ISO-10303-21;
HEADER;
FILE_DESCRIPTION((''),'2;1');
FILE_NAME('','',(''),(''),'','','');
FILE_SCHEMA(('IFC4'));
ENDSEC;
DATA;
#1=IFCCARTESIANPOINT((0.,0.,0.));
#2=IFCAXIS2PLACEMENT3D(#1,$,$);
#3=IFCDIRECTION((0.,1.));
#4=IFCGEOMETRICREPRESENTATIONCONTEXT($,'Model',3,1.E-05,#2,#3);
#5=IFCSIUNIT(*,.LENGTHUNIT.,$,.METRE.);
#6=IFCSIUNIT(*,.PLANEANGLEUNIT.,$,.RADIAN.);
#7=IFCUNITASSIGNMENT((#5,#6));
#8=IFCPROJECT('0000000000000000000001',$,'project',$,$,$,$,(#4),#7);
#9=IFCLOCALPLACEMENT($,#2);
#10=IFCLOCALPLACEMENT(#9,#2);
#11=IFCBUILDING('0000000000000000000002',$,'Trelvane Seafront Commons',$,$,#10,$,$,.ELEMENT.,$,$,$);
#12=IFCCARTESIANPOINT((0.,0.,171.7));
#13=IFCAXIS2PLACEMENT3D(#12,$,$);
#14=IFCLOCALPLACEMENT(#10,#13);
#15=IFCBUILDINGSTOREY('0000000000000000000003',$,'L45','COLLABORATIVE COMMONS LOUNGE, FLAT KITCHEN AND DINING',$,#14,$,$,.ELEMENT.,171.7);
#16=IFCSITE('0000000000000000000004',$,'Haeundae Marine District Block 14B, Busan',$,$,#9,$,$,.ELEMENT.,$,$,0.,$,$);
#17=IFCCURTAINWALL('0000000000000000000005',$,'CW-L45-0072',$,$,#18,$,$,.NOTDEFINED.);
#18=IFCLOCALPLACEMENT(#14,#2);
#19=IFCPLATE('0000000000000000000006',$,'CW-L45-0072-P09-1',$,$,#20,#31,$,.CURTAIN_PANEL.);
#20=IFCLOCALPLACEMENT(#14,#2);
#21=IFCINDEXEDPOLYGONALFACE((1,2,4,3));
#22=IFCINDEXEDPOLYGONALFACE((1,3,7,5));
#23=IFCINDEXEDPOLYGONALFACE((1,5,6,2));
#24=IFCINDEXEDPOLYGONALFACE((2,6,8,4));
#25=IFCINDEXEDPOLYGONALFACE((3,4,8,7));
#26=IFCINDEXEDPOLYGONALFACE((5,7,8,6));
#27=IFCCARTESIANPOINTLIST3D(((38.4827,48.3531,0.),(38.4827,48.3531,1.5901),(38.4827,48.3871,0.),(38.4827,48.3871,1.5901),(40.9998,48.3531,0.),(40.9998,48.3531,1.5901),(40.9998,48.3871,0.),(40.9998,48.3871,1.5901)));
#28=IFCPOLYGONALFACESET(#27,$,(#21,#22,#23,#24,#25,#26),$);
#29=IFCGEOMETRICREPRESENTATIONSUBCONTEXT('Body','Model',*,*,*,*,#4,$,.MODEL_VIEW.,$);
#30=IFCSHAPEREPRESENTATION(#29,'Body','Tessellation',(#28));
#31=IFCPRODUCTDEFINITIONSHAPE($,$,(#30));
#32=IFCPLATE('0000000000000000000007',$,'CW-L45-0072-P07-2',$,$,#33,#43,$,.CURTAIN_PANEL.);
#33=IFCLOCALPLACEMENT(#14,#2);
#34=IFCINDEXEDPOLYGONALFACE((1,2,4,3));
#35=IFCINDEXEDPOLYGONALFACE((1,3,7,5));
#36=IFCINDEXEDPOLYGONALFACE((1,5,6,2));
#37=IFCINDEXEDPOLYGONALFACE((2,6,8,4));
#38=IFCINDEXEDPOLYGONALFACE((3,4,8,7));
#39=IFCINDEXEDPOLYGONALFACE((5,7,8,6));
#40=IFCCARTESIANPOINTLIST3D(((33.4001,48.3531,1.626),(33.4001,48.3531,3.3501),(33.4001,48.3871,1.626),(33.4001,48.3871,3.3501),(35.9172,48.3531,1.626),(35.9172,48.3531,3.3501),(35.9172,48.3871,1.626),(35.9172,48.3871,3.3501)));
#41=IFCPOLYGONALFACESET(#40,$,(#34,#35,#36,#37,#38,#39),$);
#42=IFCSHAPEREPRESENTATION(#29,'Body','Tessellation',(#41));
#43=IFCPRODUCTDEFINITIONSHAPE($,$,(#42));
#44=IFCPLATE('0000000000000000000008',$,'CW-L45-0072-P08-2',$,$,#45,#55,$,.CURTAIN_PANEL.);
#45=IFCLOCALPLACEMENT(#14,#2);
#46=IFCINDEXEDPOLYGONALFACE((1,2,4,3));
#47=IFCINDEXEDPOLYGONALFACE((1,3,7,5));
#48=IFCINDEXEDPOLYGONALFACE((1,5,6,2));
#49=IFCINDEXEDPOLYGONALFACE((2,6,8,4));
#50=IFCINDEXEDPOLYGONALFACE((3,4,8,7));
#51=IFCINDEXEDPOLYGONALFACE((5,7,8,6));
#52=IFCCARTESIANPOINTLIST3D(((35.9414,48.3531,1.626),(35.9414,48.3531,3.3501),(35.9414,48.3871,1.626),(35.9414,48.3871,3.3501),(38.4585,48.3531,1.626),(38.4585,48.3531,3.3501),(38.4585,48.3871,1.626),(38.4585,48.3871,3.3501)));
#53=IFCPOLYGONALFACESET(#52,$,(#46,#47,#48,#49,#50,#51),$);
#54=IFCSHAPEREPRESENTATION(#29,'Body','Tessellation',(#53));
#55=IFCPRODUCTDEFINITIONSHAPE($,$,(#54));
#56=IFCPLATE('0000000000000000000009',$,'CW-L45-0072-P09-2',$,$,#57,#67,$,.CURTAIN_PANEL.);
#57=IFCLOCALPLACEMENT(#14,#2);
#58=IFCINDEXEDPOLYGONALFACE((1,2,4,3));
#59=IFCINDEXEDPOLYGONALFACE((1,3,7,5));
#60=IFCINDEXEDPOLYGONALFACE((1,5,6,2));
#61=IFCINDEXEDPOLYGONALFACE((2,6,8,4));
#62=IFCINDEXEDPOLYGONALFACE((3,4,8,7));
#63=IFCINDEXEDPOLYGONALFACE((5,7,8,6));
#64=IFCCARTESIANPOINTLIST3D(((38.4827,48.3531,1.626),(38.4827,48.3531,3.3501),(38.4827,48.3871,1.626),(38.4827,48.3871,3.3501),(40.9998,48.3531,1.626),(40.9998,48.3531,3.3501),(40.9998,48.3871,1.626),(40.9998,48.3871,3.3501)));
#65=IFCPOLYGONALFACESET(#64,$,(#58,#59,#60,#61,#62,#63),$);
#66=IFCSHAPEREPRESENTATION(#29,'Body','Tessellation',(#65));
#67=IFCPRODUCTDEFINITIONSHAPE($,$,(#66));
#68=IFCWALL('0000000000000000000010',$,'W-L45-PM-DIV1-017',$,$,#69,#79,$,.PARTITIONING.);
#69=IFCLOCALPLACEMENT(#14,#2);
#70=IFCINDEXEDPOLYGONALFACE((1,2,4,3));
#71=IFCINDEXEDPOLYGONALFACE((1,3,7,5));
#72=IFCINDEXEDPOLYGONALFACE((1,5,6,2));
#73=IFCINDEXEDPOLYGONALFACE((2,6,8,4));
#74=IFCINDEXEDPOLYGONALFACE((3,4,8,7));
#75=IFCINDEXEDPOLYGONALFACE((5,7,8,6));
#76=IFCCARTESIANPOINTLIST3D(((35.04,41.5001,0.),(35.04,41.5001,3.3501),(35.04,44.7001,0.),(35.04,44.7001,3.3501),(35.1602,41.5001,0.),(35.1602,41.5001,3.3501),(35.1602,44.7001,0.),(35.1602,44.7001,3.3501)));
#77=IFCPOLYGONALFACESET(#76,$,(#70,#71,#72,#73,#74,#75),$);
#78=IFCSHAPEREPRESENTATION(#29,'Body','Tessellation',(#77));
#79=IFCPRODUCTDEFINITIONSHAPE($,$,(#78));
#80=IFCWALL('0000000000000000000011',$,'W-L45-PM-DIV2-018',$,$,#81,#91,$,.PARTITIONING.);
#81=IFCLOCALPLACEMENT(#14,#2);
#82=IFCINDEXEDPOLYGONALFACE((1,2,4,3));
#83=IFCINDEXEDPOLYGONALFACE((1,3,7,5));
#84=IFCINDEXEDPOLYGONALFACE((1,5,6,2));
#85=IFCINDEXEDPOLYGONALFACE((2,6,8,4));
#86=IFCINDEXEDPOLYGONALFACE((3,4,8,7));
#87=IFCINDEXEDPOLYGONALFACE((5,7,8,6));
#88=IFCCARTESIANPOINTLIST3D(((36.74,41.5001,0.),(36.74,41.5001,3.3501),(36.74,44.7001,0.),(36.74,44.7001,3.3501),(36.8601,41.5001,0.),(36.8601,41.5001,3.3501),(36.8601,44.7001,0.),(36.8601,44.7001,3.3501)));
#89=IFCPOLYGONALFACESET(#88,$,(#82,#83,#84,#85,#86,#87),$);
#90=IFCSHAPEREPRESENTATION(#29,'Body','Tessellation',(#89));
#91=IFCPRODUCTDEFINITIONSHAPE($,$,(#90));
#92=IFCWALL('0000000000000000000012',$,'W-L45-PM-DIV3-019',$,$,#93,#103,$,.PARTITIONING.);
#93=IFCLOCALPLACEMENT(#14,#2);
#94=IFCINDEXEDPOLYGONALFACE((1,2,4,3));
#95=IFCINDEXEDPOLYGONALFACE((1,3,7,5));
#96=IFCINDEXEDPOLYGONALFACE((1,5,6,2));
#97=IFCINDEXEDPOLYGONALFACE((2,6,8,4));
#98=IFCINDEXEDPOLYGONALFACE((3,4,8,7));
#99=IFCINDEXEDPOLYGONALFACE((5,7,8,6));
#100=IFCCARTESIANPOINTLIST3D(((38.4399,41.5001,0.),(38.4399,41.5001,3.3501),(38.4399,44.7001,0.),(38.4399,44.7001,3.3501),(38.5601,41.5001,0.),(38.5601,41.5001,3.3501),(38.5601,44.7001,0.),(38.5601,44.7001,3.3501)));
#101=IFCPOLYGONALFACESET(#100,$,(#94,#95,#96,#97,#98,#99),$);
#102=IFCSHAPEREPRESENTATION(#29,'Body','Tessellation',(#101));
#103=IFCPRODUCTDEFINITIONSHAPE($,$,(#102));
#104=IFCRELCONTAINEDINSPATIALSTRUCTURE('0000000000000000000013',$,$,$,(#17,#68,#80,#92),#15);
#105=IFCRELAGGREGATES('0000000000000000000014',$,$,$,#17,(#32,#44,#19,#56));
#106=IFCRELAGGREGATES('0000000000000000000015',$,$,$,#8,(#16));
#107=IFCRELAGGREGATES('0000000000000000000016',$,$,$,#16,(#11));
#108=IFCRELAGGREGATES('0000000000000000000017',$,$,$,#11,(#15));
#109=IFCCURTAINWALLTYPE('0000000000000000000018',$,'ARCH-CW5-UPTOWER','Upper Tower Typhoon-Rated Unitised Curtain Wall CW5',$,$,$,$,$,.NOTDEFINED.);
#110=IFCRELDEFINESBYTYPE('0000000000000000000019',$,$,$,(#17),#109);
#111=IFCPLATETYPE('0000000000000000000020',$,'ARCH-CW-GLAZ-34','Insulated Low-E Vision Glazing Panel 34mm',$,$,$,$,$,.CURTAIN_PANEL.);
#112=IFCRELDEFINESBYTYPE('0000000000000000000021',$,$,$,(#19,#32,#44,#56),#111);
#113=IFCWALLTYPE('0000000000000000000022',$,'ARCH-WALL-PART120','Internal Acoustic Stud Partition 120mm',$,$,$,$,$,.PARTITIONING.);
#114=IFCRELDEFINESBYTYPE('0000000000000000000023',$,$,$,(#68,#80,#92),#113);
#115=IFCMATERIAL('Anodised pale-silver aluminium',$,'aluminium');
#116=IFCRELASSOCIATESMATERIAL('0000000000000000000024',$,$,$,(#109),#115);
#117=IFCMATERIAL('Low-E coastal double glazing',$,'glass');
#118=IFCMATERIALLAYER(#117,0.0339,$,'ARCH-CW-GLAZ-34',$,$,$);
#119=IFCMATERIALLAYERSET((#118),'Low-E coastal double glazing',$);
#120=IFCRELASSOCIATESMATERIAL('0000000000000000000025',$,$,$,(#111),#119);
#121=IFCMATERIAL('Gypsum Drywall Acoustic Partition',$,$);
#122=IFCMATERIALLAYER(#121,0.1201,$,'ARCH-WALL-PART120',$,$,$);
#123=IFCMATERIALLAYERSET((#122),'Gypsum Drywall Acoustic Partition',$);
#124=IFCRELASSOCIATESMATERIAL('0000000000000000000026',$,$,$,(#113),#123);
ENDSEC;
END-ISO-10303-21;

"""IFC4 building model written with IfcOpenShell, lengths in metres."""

from ifc_helpers import new_model, si_unit, direction, frame, frame_2d, origin, origin_2d, place, context, subcontext, project, spatial, rectangle, extrude, source, transform, mapped, material, layer, layer_set, type_object, element, aggregate, save


model = new_model("IFC4")

# Units and contexts
model_context = context("Model", 3, precision=1e-05, world=origin(), true_north=direction((0.0, 1.0)))
body_context = subcontext(model_context, "Body", "Model", "MODEL_VIEW")
ifc_project = project(units=[si_unit("LENGTHUNIT", "METRE"), si_unit("PLANEANGLEUNIT", "RADIAN")], contexts=[model_context])

# Site, building, storey
site_placement = place(None, origin())
site = spatial("IfcSite", under=ifc_project, at=site_placement, Name="Haeundae Marine District Block 14B, Busan", CompositionType="ELEMENT", RefElevation=0.0)
building_placement = place(site_placement, origin())
building = spatial("IfcBuilding", under=site, at=building_placement, Name="Trelvane Seafront Commons", CompositionType="ELEMENT")
storey_placement = place(building_placement, frame((0.0, 0.0, 171.7)))
storey = spatial("IfcBuildingStorey", under=building, at=storey_placement, Name="L45", Description="COLLABORATIVE COMMONS LOUNGE, FLAT KITCHEN AND DINING", CompositionType="ELEMENT", Elevation=171.7)

# Curtain wall
ifc_material_1 = material(Name="Anodised pale-silver aluminium", Category="aluminium")
curtain_wall_type = type_object("IfcCurtainWallType", Name="ARCH-CW5-UPTOWER", Description="Upper Tower Typhoon-Rated Unitised Curtain Wall CW5", PredefinedType="NOTDEFINED", material=ifc_material_1)
curtain_wall_placement = place(storey_placement, origin())
curtain_wall = element("IfcCurtainWall", 1, at=curtain_wall_placement, inside=storey, type_object=curtain_wall_type, Name="CW-L45-0072", PredefinedType="NOTDEFINED")

# Plates
ifc_material_2 = material(Name="Low-E coastal double glazing", Category="glass")
ifc_layer_1 = layer(ifc_material_2, 0.0339, Name="ARCH-CW-GLAZ-34")
ifc_layer_set_1 = layer_set([ifc_layer_1], Name="Low-E coastal double glazing")
plate_type_1 = type_object("IfcPlateType", Name="ARCH-CW-GLAZ-34", Description="Insulated Low-E Vision Glazing Panel 34mm", PredefinedType="CURTAIN_PANEL", material=ifc_layer_set_1)
shared_shape_1 = source(origin(), body_context, "Body", "SweptSolid", [
    extrude(rectangle(XDim=2.5171, YDim=0.0339, at=origin_2d()), origin(), (0.0, 0.0, 1.0), 1.5901),
])
plate_1_placement = place(storey_placement, frame((39.7412, 48.3701, 0.0), z_axis=(0.0, 0.0, 1.0), x_axis=(1.0, 0.0, 0.0)))
plate_1 = element("IfcPlate", 2, at=plate_1_placement, type_object=plate_type_1, Name="CW-L45-0072-P09-1", PredefinedType="CURTAIN_PANEL", context=body_context, shape_type="MappedRepresentation", body=[
    mapped(shared_shape_1, transform((0.0, 0.0, 0.0), x_axis=(1.0, 0.0, 0.0), y_axis=(0.0, 1.0, 0.0), z_axis=(0.0, 0.0, 1.0), scale=1.0)),
])
shared_shape_2 = source(origin(), body_context, "Body", "SweptSolid", [
    extrude(rectangle(XDim=2.5171, YDim=0.0339, at=origin_2d()), origin(), (0.0, 0.0, 1.0), 1.7241),
])
plate_2_placement = place(storey_placement, frame((34.6587, 48.3701, 1.626), z_axis=(0.0, 0.0, 1.0), x_axis=(1.0, 0.0, 0.0)))
plate_2 = element("IfcPlate", 3, at=plate_2_placement, type_object=plate_type_1, Name="CW-L45-0072-P07-2", PredefinedType="CURTAIN_PANEL", context=body_context, shape_type="MappedRepresentation", body=[
    mapped(shared_shape_2, transform((0.0, 0.0, 0.0), x_axis=(1.0, 0.0, 0.0), y_axis=(0.0, 1.0, 0.0), z_axis=(0.0, 0.0, 1.0), scale=1.0)),
])
plate_3_placement = place(storey_placement, frame((37.2, 48.3701, 1.626), z_axis=(0.0, 0.0, 1.0), x_axis=(1.0, 0.0, 0.0)))
plate_3 = element("IfcPlate", 4, at=plate_3_placement, type_object=plate_type_1, Name="CW-L45-0072-P08-2", PredefinedType="CURTAIN_PANEL", context=body_context, shape_type="MappedRepresentation", body=[
    mapped(shared_shape_2, transform((0.0, 0.0, 0.0), x_axis=(1.0, 0.0, 0.0), y_axis=(0.0, 1.0, 0.0), z_axis=(0.0, 0.0, 1.0), scale=1.0)),
])
plate_4_placement = place(storey_placement, frame((39.7412, 48.3701, 1.626), z_axis=(0.0, 0.0, 1.0), x_axis=(1.0, 0.0, 0.0)))
plate_4 = element("IfcPlate", 5, at=plate_4_placement, type_object=plate_type_1, Name="CW-L45-0072-P09-2", PredefinedType="CURTAIN_PANEL", context=body_context, shape_type="MappedRepresentation", body=[
    mapped(shared_shape_2, transform((0.0, 0.0, 0.0), x_axis=(1.0, 0.0, 0.0), y_axis=(0.0, 1.0, 0.0), z_axis=(0.0, 0.0, 1.0), scale=1.0)),
])
aggregate(curtain_wall, [plate_2, plate_3, plate_1, plate_4])

# Walls
ifc_material_3 = material(Name="Gypsum Drywall Acoustic Partition")
ifc_layer_2 = layer(ifc_material_3, 0.1201, Name="ARCH-WALL-PART120")
ifc_layer_set_2 = layer_set([ifc_layer_2], Name="Gypsum Drywall Acoustic Partition")
wall_type_1 = type_object("IfcWallType", Name="ARCH-WALL-PART120", Description="Internal Acoustic Stud Partition 120mm", PredefinedType="PARTITIONING", material=ifc_layer_set_2)
for number, where, z_axis, x_axis, name in (
    (6, (35.1001, 41.5, 0.0), (0.0, 0.0, 1.0), (0.0, 1.0, 0.0), "W-L45-PM-DIV1-017"),
    (7, (36.8, 41.5, 0.0), (0.0, 0.0, 1.0), (0.0, 1.0, 0.0), "W-L45-PM-DIV2-018"),
    (8, (38.5, 41.5, 0.0), (0.0, 0.0, 1.0), (0.0, 1.0, 0.0), "W-L45-PM-DIV3-019"),
):
    element("IfcWall", number, at=place(storey_placement, frame(where, z_axis=z_axis, x_axis=x_axis)), inside=storey, type_object=wall_type_1, Name=name, PredefinedType="PARTITIONING", context=body_context, shape_type="SweptSolid", body=[
        extrude(rectangle(XDim=3.2, YDim=0.1201, at=frame_2d((1.6001, 0.0))), origin(), (0.0, 0.0, 1.0), 3.3501),
    ])

save(model, "model.ifc")
